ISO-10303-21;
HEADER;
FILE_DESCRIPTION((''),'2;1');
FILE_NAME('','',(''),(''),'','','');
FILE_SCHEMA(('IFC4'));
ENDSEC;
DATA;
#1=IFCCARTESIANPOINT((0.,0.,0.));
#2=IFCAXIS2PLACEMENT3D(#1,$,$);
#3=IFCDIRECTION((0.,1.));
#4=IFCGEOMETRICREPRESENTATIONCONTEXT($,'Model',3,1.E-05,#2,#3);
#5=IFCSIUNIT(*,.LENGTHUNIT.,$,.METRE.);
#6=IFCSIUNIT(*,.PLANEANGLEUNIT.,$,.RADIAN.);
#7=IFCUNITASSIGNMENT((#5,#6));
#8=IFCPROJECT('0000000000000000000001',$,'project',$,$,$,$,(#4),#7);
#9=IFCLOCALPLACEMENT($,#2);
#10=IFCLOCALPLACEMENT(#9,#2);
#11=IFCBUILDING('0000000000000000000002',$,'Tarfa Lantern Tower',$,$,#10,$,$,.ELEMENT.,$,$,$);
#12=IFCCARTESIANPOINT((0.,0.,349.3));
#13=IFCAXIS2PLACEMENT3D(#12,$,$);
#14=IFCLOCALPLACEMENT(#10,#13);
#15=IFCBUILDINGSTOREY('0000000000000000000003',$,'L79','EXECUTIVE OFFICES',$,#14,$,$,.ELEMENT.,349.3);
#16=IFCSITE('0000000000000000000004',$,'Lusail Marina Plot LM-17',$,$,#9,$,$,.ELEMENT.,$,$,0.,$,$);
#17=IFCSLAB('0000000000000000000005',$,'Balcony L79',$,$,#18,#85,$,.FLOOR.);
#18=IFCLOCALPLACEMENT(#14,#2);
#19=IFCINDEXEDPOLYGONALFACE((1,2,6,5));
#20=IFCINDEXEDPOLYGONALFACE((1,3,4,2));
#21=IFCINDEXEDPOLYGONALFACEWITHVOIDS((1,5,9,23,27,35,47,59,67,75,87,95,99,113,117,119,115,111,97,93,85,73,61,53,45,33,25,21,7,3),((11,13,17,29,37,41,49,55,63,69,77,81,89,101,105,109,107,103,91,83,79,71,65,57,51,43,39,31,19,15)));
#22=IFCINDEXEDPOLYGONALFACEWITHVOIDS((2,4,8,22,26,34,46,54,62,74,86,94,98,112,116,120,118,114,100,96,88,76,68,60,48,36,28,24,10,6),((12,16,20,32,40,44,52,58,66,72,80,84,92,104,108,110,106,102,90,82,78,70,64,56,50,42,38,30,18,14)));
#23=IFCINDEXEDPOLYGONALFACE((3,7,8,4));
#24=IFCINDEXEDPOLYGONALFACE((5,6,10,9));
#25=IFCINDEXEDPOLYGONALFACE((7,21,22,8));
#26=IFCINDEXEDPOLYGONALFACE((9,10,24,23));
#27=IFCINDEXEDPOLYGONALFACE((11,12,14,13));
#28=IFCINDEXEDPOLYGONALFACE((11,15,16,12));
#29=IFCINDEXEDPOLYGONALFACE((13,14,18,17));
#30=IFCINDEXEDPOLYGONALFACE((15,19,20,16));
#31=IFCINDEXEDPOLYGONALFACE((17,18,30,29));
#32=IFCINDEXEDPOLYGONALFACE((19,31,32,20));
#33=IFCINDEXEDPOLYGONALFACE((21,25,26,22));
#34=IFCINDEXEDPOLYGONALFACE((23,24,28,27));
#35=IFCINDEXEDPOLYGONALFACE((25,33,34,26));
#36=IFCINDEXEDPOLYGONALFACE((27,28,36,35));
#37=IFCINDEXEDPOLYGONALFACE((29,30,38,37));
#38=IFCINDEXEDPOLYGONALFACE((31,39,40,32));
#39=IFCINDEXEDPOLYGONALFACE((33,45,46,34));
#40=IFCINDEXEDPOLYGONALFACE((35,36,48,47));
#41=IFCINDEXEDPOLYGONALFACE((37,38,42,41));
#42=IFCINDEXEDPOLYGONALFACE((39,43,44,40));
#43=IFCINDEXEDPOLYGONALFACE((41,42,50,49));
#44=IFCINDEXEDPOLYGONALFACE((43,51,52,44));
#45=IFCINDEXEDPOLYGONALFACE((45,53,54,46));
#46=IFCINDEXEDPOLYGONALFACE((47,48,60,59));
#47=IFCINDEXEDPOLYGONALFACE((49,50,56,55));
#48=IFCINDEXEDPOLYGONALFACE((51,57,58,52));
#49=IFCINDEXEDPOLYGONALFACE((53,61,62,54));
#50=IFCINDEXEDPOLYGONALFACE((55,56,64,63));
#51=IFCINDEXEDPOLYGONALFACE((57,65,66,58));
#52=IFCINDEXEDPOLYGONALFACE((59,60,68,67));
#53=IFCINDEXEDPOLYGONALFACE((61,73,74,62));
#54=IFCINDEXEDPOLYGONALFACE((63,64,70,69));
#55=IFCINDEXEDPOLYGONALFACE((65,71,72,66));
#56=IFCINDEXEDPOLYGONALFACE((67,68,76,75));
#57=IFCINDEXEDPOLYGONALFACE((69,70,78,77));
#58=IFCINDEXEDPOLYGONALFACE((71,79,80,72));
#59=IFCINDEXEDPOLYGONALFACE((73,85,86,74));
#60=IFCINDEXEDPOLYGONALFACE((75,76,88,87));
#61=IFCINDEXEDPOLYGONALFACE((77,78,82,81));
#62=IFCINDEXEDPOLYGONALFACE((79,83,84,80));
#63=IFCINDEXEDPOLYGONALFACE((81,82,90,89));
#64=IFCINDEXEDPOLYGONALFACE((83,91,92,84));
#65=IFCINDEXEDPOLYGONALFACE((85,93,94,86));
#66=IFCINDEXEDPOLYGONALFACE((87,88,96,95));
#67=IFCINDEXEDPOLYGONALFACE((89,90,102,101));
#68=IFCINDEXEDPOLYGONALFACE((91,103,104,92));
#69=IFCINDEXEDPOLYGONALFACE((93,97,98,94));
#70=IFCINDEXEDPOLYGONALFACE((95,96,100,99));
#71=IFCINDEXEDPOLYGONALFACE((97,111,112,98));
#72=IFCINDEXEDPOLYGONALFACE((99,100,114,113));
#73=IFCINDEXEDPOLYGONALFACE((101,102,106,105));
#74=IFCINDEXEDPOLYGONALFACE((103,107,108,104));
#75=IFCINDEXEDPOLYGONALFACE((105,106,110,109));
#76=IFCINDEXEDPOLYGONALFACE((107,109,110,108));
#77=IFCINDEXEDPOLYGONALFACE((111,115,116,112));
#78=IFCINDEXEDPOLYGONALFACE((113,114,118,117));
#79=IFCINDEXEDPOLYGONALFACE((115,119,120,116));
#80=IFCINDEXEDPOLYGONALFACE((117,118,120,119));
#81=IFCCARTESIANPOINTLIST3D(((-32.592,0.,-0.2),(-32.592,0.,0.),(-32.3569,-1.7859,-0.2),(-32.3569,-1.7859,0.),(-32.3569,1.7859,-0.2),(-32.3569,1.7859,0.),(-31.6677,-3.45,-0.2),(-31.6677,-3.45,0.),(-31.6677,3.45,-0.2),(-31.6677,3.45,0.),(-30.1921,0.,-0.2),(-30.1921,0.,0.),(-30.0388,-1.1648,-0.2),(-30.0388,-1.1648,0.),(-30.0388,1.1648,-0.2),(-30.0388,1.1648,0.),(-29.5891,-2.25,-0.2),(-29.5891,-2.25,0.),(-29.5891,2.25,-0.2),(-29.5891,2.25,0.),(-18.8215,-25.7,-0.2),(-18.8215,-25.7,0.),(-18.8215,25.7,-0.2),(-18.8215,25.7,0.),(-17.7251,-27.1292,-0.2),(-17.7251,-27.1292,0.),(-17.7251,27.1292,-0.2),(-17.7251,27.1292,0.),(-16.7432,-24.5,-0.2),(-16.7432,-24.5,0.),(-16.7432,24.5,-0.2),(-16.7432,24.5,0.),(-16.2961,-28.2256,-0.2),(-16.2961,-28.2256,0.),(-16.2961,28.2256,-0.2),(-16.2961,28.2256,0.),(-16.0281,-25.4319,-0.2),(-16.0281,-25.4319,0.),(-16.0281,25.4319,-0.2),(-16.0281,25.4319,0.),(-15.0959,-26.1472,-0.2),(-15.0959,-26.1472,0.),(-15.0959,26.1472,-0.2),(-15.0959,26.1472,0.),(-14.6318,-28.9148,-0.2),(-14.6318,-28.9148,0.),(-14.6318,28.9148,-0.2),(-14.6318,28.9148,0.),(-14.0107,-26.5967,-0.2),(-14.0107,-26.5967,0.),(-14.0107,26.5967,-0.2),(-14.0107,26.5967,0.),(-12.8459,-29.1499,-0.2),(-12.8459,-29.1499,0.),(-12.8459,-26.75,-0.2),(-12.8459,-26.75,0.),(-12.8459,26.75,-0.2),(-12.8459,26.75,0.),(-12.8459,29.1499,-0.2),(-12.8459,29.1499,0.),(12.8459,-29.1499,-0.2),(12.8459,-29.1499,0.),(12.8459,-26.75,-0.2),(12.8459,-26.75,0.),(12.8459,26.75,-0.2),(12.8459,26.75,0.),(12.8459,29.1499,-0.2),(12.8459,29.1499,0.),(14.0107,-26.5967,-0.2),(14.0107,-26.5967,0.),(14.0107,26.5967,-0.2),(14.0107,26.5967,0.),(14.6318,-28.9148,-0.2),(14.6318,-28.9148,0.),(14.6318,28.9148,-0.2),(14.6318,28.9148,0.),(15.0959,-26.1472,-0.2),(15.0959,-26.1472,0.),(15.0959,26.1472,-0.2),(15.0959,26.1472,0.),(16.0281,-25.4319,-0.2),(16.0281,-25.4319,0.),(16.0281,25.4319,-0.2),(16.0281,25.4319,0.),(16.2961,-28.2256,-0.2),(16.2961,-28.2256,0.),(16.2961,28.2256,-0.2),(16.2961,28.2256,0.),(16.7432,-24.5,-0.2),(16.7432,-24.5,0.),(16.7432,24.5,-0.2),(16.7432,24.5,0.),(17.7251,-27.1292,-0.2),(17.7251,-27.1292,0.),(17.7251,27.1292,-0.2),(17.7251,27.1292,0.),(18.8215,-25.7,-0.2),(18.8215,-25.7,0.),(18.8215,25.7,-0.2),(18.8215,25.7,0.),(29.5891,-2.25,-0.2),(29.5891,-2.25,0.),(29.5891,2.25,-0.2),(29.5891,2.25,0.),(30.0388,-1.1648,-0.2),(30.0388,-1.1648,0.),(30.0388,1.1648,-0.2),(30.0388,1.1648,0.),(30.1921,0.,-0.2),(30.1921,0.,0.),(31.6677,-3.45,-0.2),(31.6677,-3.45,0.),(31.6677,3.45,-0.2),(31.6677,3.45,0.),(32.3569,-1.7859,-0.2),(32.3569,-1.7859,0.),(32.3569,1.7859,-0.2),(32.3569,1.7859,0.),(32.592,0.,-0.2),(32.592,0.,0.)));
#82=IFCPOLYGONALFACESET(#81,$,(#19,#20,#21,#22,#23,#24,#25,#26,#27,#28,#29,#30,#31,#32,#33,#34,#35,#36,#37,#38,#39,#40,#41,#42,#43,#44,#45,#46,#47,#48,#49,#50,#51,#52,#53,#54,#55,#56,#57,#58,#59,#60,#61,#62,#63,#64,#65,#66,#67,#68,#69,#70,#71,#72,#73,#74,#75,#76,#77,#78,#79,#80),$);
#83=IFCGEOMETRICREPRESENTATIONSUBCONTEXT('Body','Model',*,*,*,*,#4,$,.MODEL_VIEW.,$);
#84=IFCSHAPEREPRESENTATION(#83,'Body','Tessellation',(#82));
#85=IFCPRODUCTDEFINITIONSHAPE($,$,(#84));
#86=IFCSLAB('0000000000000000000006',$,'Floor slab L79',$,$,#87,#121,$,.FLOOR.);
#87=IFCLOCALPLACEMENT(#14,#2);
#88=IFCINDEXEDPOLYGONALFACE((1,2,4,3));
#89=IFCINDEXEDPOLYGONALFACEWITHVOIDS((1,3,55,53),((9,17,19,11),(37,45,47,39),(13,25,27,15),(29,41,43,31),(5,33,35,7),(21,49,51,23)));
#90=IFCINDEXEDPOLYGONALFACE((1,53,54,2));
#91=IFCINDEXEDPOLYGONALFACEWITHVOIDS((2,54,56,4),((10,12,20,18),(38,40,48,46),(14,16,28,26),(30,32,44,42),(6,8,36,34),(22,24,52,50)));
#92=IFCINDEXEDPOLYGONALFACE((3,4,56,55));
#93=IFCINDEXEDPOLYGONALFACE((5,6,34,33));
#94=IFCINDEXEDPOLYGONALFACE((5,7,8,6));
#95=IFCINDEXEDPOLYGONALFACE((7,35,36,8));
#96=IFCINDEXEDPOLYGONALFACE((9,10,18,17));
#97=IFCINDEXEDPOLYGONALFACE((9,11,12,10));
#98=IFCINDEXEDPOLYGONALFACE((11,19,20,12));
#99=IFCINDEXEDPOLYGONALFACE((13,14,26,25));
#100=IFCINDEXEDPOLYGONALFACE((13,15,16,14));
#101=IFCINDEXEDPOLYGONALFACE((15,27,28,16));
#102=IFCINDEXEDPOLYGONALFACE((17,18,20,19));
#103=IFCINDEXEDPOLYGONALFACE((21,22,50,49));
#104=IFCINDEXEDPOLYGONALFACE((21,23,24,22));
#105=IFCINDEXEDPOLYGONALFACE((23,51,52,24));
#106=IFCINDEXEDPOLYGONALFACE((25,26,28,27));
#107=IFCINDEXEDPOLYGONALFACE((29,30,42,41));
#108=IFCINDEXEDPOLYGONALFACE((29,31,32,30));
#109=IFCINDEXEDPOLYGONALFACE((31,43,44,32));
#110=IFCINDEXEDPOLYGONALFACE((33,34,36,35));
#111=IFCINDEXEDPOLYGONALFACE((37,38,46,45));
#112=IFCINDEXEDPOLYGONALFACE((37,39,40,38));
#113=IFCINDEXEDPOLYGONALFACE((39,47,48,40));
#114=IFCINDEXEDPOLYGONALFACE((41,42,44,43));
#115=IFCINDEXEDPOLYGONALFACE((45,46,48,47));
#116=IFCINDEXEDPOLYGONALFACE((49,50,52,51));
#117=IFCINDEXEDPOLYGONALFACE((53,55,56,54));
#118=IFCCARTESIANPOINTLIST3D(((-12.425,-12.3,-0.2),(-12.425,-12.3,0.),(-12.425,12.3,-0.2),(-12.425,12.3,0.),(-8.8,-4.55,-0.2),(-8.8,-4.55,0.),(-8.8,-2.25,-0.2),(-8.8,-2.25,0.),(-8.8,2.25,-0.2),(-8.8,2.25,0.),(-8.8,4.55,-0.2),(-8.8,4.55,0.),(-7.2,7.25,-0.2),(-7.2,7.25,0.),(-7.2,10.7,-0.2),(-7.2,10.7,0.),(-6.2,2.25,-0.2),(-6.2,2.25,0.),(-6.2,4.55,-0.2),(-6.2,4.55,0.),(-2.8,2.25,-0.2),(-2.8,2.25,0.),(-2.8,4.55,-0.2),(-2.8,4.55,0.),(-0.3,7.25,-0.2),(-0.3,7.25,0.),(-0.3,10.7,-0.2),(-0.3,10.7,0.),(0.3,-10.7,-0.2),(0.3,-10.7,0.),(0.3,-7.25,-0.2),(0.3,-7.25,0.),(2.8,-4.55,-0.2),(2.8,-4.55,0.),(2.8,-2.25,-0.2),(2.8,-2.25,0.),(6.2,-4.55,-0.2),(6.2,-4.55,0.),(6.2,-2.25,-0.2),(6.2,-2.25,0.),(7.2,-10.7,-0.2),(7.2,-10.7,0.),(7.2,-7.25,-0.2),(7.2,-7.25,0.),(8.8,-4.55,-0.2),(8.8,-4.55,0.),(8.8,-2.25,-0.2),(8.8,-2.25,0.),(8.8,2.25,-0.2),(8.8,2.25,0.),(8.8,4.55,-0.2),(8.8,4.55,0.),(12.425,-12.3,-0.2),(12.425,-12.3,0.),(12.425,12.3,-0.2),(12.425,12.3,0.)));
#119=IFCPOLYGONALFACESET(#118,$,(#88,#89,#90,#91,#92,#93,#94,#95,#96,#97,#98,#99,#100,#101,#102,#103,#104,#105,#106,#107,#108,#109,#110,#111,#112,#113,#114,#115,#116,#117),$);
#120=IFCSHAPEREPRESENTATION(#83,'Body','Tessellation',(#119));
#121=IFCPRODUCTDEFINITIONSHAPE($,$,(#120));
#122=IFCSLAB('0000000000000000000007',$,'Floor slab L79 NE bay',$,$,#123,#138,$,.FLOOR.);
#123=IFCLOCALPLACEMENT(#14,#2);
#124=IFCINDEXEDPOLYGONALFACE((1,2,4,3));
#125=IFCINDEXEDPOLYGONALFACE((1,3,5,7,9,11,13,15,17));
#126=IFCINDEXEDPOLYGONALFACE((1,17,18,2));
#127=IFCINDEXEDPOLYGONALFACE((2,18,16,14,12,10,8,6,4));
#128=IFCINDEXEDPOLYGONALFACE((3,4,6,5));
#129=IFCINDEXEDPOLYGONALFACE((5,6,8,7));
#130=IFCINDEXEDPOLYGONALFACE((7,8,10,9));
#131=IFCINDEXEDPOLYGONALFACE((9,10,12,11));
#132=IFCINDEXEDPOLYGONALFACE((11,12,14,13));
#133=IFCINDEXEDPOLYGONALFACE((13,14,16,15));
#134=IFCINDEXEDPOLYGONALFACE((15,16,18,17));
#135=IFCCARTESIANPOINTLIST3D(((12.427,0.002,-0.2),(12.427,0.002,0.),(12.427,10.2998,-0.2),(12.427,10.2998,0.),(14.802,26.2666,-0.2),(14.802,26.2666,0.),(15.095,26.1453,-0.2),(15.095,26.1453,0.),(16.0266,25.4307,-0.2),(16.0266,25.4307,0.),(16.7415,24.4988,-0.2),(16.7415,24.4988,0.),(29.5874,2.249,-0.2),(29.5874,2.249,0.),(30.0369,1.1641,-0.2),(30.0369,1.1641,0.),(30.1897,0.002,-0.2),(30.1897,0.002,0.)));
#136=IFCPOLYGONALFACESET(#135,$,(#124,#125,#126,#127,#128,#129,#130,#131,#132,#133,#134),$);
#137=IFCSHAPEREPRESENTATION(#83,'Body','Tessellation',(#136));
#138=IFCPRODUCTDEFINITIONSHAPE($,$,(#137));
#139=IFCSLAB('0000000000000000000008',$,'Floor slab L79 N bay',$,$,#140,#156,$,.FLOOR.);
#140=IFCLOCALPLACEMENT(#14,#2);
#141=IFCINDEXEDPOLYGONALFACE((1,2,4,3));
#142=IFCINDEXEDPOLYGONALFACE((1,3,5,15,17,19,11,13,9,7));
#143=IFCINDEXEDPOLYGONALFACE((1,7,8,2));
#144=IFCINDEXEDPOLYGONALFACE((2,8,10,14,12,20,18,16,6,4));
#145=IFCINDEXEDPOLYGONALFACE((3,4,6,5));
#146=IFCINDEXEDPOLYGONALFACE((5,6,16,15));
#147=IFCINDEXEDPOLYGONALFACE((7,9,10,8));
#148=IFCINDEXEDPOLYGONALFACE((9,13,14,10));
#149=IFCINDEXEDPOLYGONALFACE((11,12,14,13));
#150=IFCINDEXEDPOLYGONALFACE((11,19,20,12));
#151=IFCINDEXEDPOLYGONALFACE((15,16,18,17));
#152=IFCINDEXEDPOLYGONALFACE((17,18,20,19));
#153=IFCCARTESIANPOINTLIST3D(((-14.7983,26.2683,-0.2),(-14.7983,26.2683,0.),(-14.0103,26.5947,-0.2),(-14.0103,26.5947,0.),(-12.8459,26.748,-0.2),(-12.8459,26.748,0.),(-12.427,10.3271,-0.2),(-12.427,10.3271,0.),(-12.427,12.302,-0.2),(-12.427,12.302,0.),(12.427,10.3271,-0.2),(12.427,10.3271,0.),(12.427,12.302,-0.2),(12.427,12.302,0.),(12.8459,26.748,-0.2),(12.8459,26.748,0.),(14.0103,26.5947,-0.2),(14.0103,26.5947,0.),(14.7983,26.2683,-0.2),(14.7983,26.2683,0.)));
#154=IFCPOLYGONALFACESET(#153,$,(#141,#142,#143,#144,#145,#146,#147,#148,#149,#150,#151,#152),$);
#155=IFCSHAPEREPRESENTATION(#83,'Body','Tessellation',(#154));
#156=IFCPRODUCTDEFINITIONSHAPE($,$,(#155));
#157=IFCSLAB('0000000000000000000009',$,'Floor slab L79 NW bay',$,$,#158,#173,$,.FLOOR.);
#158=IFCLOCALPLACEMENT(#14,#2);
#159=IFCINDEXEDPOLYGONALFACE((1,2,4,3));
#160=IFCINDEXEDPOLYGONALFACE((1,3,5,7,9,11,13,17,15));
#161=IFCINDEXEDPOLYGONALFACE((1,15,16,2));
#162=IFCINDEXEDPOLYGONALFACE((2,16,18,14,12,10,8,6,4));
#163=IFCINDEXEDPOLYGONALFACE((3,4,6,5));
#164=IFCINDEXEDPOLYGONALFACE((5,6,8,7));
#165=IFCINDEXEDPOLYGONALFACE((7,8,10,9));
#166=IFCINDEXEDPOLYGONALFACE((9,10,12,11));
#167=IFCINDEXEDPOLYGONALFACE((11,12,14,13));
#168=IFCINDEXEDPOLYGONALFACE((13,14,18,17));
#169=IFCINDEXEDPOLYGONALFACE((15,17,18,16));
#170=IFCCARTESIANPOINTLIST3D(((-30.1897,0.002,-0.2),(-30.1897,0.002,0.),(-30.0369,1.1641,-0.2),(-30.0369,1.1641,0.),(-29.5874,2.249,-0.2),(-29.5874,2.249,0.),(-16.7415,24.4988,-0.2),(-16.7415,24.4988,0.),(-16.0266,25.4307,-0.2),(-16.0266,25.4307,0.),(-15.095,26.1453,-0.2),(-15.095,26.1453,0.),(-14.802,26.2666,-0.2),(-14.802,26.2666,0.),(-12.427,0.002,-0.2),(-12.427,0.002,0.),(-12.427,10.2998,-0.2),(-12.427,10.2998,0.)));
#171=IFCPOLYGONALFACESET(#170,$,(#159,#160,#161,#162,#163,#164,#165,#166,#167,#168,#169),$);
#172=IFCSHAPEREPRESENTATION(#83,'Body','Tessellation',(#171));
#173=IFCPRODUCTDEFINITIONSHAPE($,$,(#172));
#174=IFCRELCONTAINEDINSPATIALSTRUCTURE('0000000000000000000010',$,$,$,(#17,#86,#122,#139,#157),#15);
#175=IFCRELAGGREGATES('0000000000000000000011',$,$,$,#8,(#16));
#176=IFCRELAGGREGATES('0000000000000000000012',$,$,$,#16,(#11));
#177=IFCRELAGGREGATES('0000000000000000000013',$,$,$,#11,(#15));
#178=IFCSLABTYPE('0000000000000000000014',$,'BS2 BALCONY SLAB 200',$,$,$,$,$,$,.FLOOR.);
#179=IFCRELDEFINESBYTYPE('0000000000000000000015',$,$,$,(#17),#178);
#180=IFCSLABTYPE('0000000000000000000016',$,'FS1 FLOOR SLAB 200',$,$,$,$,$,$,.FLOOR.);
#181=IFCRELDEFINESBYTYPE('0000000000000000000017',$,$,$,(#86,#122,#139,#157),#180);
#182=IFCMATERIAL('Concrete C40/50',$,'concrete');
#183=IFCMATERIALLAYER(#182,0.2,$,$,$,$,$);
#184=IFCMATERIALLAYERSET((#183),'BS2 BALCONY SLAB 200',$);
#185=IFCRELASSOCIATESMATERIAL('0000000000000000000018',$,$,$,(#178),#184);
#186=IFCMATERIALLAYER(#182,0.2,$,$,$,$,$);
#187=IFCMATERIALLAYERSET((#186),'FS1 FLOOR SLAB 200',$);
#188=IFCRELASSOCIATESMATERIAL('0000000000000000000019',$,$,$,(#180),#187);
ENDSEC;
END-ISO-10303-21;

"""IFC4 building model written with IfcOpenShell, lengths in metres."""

from ifc_helpers import new_model, si_unit, direction, frame, origin, place, context, subcontext, project, spatial, polyline, outline, extrude, material, layer, layer_set, type_object, element, save


model = new_model("IFC4")

# Units and contexts
model_context = context("Model", 3, precision=1e-05, world=origin(), true_north=direction((0.0, 1.0)))
body_context = subcontext(model_context, "Body", "Model", "MODEL_VIEW")
ifc_project = project(units=[si_unit("LENGTHUNIT", "METRE"), si_unit("PLANEANGLEUNIT", "RADIAN")], contexts=[model_context])

# Site, building, storey
site_placement = place(None, origin())
site = spatial("IfcSite", under=ifc_project, at=site_placement, Name="Lusail Marina Plot LM-17", CompositionType="ELEMENT", RefElevation=0.0)
building_placement = place(site_placement, origin())
building = spatial("IfcBuilding", under=site, at=building_placement, Name="Tarfa Lantern Tower", CompositionType="ELEMENT")
storey_placement = place(building_placement, frame((0.0, 0.0, 349.3)))
storey = spatial("IfcBuildingStorey", under=building, at=storey_placement, Name="L79", Description="EXECUTIVE OFFICES", CompositionType="ELEMENT", Elevation=349.3)

# Slabs
ifc_material_1 = material(Name="Concrete C40/50", Category="concrete")
ifc_layer_1 = layer(ifc_material_1, 0.2)
ifc_layer_set_1 = layer_set([ifc_layer_1], Name="BS2 BALCONY SLAB 200")
slab_type_1 = type_object("IfcSlabType", Name="BS2 BALCONY SLAB 200", PredefinedType="FLOOR", material=ifc_layer_set_1)
slab_1_placement = place(storey_placement, frame((0.0, 0.0, -0.2)))
element("IfcSlab", 1, at=slab_1_placement, inside=storey, type_object=slab_type_1, Name="Balcony L79", PredefinedType="FLOOR", context=body_context, shape_type="SweptSolid", body=[
    extrude(outline(polyline([(31.6677, 3.45), (18.8215, 25.7), (17.7251, 27.1292), (16.2961, 28.2256), (14.6318, 28.9148), (12.8459, 29.1499), (-12.8459, 29.1499), (-14.6318, 28.9148), (-16.2961, 28.2256), (-17.7251, 27.1292), (-18.8215, 25.7), (-31.6677, 3.45), (-32.3569, 1.7859), (-32.592, 0.0), (-32.3569, -1.7859), (-31.6677, -3.45), (-18.8215, -25.7), (-17.7251, -27.1292), (-16.2961, -28.2256), (-14.6318, -28.9148), (-12.8459, -29.1499), (12.8459, -29.1499), (14.6318, -28.9148), (16.2961, -28.2256), (17.7251, -27.1292), (18.8215, -25.7), (31.6677, -3.45), (32.3569, -1.7859), (32.592, 0.0), (32.3569, 1.7859), (31.6677, 3.45)]), holes=[polyline([(29.5891, 2.25), (16.7432, 24.5), (16.0281, 25.4319), (15.0959, 26.1472), (14.0107, 26.5967), (12.8459, 26.75), (-12.8459, 26.75), (-14.0107, 26.5967), (-15.0959, 26.1472), (-16.0281, 25.4319), (-16.7432, 24.5), (-29.5891, 2.25), (-30.0388, 1.1648), (-30.1921, 0.0), (-30.0388, -1.1648), (-29.5891, -2.25), (-16.7432, -24.5), (-16.0281, -25.4319), (-15.0959, -26.1472), (-14.0107, -26.5967), (-12.8459, -26.75), (12.8459, -26.75), (14.0107, -26.5967), (15.0959, -26.1472), (16.0281, -25.4319), (16.7432, -24.5), (29.5891, -2.25), (30.0388, -1.1648), (30.1921, 0.0), (30.0388, 1.1648), (29.5891, 2.25)])]), origin(), (0.0, 0.0, 1.0), 0.2),
])
ifc_layer_2 = layer(ifc_material_1, 0.2)
ifc_layer_set_2 = layer_set([ifc_layer_2], Name="FS1 FLOOR SLAB 200")
slab_type_2 = type_object("IfcSlabType", Name="FS1 FLOOR SLAB 200", PredefinedType="FLOOR", material=ifc_layer_set_2)
slab_2_placement = place(storey_placement, frame((0.0, 0.0, -0.2)))
element("IfcSlab", 2, at=slab_2_placement, inside=storey, type_object=slab_type_2, Name="Floor slab L79", PredefinedType="FLOOR", context=body_context, shape_type="SweptSolid", body=[
    extrude(outline(polyline([(-12.425, -12.3), (12.425, -12.3), (12.425, 12.3), (-12.425, 12.3), (-12.425, -12.3)]), holes=[polyline([(-8.8, 2.25), (-6.2, 2.25), (-6.2, 4.55), (-8.8, 4.55), (-8.8, 2.25)]), polyline([(-2.8, 2.25), (8.8, 2.25), (8.8, 4.55), (-2.8, 4.55), (-2.8, 2.25)]), polyline([(8.8, -2.25), (6.2, -2.25), (6.2, -4.55), (8.8, -4.55), (8.8, -2.25)]), polyline([(2.8, -2.25), (-8.8, -2.25), (-8.8, -4.55), (2.8, -4.55), (2.8, -2.25)]), polyline([(-7.2, 7.25), (-0.3, 7.25), (-0.3, 10.7), (-7.2, 10.7), (-7.2, 7.25)]), polyline([(7.2, -7.25), (0.3, -7.25), (0.3, -10.7), (7.2, -10.7), (7.2, -7.25)])]), origin(), (0.0, 0.0, 1.0), 0.2),
])
slab_3_placement = place(storey_placement, frame((0.0, 0.0, -0.2)))
element("IfcSlab", 3, at=slab_3_placement, inside=storey, type_object=slab_type_2, Name="Floor slab L79 NE bay", PredefinedType="FLOOR", context=body_context, shape_type="SweptSolid", body=[
    extrude(outline(polyline([(29.5874, 2.249), (16.7415, 24.4988), (16.0266, 25.4307), (15.095, 26.1453), (14.802, 26.2666), (12.427, 10.2998), (12.427, 0.002), (30.1897, 0.002), (30.0369, 1.1641), (29.5874, 2.249)])), origin(), (0.0, 0.0, 1.0), 0.2),
])
slab_4_placement = place(storey_placement, frame((0.0, 0.0, -0.2)))
element("IfcSlab", 4, at=slab_4_placement, inside=storey, type_object=slab_type_2, Name="Floor slab L79 N bay", PredefinedType="FLOOR", context=body_context, shape_type="SweptSolid", body=[
    extrude(outline(polyline([(-12.427, 10.3271), (-12.427, 12.302), (12.427, 12.302), (12.427, 10.3271), (14.7983, 26.2683), (14.0103, 26.5947), (12.8459, 26.748), (-12.8459, 26.748), (-14.0103, 26.5947), (-14.7983, 26.2683), (-12.427, 10.3271)])), origin(), (0.0, 0.0, 1.0), 0.2),
])
slab_5_placement = place(storey_placement, frame((0.0, 0.0, -0.2)))
element("IfcSlab", 5, at=slab_5_placement, inside=storey, type_object=slab_type_2, Name="Floor slab L79 NW bay", PredefinedType="FLOOR", context=body_context, shape_type="SweptSolid", body=[
    extrude(outline(polyline([(-12.427, 0.002), (-12.427, 10.2998), (-14.802, 26.2666), (-15.095, 26.1453), (-16.0266, 25.4307), (-16.7415, 24.4988), (-29.5874, 2.249), (-30.0369, 1.1641), (-30.1897, 0.002), (-12.427, 0.002)])), origin(), (0.0, 0.0, 1.0), 0.2),
])

save(model, "model.ifc")
